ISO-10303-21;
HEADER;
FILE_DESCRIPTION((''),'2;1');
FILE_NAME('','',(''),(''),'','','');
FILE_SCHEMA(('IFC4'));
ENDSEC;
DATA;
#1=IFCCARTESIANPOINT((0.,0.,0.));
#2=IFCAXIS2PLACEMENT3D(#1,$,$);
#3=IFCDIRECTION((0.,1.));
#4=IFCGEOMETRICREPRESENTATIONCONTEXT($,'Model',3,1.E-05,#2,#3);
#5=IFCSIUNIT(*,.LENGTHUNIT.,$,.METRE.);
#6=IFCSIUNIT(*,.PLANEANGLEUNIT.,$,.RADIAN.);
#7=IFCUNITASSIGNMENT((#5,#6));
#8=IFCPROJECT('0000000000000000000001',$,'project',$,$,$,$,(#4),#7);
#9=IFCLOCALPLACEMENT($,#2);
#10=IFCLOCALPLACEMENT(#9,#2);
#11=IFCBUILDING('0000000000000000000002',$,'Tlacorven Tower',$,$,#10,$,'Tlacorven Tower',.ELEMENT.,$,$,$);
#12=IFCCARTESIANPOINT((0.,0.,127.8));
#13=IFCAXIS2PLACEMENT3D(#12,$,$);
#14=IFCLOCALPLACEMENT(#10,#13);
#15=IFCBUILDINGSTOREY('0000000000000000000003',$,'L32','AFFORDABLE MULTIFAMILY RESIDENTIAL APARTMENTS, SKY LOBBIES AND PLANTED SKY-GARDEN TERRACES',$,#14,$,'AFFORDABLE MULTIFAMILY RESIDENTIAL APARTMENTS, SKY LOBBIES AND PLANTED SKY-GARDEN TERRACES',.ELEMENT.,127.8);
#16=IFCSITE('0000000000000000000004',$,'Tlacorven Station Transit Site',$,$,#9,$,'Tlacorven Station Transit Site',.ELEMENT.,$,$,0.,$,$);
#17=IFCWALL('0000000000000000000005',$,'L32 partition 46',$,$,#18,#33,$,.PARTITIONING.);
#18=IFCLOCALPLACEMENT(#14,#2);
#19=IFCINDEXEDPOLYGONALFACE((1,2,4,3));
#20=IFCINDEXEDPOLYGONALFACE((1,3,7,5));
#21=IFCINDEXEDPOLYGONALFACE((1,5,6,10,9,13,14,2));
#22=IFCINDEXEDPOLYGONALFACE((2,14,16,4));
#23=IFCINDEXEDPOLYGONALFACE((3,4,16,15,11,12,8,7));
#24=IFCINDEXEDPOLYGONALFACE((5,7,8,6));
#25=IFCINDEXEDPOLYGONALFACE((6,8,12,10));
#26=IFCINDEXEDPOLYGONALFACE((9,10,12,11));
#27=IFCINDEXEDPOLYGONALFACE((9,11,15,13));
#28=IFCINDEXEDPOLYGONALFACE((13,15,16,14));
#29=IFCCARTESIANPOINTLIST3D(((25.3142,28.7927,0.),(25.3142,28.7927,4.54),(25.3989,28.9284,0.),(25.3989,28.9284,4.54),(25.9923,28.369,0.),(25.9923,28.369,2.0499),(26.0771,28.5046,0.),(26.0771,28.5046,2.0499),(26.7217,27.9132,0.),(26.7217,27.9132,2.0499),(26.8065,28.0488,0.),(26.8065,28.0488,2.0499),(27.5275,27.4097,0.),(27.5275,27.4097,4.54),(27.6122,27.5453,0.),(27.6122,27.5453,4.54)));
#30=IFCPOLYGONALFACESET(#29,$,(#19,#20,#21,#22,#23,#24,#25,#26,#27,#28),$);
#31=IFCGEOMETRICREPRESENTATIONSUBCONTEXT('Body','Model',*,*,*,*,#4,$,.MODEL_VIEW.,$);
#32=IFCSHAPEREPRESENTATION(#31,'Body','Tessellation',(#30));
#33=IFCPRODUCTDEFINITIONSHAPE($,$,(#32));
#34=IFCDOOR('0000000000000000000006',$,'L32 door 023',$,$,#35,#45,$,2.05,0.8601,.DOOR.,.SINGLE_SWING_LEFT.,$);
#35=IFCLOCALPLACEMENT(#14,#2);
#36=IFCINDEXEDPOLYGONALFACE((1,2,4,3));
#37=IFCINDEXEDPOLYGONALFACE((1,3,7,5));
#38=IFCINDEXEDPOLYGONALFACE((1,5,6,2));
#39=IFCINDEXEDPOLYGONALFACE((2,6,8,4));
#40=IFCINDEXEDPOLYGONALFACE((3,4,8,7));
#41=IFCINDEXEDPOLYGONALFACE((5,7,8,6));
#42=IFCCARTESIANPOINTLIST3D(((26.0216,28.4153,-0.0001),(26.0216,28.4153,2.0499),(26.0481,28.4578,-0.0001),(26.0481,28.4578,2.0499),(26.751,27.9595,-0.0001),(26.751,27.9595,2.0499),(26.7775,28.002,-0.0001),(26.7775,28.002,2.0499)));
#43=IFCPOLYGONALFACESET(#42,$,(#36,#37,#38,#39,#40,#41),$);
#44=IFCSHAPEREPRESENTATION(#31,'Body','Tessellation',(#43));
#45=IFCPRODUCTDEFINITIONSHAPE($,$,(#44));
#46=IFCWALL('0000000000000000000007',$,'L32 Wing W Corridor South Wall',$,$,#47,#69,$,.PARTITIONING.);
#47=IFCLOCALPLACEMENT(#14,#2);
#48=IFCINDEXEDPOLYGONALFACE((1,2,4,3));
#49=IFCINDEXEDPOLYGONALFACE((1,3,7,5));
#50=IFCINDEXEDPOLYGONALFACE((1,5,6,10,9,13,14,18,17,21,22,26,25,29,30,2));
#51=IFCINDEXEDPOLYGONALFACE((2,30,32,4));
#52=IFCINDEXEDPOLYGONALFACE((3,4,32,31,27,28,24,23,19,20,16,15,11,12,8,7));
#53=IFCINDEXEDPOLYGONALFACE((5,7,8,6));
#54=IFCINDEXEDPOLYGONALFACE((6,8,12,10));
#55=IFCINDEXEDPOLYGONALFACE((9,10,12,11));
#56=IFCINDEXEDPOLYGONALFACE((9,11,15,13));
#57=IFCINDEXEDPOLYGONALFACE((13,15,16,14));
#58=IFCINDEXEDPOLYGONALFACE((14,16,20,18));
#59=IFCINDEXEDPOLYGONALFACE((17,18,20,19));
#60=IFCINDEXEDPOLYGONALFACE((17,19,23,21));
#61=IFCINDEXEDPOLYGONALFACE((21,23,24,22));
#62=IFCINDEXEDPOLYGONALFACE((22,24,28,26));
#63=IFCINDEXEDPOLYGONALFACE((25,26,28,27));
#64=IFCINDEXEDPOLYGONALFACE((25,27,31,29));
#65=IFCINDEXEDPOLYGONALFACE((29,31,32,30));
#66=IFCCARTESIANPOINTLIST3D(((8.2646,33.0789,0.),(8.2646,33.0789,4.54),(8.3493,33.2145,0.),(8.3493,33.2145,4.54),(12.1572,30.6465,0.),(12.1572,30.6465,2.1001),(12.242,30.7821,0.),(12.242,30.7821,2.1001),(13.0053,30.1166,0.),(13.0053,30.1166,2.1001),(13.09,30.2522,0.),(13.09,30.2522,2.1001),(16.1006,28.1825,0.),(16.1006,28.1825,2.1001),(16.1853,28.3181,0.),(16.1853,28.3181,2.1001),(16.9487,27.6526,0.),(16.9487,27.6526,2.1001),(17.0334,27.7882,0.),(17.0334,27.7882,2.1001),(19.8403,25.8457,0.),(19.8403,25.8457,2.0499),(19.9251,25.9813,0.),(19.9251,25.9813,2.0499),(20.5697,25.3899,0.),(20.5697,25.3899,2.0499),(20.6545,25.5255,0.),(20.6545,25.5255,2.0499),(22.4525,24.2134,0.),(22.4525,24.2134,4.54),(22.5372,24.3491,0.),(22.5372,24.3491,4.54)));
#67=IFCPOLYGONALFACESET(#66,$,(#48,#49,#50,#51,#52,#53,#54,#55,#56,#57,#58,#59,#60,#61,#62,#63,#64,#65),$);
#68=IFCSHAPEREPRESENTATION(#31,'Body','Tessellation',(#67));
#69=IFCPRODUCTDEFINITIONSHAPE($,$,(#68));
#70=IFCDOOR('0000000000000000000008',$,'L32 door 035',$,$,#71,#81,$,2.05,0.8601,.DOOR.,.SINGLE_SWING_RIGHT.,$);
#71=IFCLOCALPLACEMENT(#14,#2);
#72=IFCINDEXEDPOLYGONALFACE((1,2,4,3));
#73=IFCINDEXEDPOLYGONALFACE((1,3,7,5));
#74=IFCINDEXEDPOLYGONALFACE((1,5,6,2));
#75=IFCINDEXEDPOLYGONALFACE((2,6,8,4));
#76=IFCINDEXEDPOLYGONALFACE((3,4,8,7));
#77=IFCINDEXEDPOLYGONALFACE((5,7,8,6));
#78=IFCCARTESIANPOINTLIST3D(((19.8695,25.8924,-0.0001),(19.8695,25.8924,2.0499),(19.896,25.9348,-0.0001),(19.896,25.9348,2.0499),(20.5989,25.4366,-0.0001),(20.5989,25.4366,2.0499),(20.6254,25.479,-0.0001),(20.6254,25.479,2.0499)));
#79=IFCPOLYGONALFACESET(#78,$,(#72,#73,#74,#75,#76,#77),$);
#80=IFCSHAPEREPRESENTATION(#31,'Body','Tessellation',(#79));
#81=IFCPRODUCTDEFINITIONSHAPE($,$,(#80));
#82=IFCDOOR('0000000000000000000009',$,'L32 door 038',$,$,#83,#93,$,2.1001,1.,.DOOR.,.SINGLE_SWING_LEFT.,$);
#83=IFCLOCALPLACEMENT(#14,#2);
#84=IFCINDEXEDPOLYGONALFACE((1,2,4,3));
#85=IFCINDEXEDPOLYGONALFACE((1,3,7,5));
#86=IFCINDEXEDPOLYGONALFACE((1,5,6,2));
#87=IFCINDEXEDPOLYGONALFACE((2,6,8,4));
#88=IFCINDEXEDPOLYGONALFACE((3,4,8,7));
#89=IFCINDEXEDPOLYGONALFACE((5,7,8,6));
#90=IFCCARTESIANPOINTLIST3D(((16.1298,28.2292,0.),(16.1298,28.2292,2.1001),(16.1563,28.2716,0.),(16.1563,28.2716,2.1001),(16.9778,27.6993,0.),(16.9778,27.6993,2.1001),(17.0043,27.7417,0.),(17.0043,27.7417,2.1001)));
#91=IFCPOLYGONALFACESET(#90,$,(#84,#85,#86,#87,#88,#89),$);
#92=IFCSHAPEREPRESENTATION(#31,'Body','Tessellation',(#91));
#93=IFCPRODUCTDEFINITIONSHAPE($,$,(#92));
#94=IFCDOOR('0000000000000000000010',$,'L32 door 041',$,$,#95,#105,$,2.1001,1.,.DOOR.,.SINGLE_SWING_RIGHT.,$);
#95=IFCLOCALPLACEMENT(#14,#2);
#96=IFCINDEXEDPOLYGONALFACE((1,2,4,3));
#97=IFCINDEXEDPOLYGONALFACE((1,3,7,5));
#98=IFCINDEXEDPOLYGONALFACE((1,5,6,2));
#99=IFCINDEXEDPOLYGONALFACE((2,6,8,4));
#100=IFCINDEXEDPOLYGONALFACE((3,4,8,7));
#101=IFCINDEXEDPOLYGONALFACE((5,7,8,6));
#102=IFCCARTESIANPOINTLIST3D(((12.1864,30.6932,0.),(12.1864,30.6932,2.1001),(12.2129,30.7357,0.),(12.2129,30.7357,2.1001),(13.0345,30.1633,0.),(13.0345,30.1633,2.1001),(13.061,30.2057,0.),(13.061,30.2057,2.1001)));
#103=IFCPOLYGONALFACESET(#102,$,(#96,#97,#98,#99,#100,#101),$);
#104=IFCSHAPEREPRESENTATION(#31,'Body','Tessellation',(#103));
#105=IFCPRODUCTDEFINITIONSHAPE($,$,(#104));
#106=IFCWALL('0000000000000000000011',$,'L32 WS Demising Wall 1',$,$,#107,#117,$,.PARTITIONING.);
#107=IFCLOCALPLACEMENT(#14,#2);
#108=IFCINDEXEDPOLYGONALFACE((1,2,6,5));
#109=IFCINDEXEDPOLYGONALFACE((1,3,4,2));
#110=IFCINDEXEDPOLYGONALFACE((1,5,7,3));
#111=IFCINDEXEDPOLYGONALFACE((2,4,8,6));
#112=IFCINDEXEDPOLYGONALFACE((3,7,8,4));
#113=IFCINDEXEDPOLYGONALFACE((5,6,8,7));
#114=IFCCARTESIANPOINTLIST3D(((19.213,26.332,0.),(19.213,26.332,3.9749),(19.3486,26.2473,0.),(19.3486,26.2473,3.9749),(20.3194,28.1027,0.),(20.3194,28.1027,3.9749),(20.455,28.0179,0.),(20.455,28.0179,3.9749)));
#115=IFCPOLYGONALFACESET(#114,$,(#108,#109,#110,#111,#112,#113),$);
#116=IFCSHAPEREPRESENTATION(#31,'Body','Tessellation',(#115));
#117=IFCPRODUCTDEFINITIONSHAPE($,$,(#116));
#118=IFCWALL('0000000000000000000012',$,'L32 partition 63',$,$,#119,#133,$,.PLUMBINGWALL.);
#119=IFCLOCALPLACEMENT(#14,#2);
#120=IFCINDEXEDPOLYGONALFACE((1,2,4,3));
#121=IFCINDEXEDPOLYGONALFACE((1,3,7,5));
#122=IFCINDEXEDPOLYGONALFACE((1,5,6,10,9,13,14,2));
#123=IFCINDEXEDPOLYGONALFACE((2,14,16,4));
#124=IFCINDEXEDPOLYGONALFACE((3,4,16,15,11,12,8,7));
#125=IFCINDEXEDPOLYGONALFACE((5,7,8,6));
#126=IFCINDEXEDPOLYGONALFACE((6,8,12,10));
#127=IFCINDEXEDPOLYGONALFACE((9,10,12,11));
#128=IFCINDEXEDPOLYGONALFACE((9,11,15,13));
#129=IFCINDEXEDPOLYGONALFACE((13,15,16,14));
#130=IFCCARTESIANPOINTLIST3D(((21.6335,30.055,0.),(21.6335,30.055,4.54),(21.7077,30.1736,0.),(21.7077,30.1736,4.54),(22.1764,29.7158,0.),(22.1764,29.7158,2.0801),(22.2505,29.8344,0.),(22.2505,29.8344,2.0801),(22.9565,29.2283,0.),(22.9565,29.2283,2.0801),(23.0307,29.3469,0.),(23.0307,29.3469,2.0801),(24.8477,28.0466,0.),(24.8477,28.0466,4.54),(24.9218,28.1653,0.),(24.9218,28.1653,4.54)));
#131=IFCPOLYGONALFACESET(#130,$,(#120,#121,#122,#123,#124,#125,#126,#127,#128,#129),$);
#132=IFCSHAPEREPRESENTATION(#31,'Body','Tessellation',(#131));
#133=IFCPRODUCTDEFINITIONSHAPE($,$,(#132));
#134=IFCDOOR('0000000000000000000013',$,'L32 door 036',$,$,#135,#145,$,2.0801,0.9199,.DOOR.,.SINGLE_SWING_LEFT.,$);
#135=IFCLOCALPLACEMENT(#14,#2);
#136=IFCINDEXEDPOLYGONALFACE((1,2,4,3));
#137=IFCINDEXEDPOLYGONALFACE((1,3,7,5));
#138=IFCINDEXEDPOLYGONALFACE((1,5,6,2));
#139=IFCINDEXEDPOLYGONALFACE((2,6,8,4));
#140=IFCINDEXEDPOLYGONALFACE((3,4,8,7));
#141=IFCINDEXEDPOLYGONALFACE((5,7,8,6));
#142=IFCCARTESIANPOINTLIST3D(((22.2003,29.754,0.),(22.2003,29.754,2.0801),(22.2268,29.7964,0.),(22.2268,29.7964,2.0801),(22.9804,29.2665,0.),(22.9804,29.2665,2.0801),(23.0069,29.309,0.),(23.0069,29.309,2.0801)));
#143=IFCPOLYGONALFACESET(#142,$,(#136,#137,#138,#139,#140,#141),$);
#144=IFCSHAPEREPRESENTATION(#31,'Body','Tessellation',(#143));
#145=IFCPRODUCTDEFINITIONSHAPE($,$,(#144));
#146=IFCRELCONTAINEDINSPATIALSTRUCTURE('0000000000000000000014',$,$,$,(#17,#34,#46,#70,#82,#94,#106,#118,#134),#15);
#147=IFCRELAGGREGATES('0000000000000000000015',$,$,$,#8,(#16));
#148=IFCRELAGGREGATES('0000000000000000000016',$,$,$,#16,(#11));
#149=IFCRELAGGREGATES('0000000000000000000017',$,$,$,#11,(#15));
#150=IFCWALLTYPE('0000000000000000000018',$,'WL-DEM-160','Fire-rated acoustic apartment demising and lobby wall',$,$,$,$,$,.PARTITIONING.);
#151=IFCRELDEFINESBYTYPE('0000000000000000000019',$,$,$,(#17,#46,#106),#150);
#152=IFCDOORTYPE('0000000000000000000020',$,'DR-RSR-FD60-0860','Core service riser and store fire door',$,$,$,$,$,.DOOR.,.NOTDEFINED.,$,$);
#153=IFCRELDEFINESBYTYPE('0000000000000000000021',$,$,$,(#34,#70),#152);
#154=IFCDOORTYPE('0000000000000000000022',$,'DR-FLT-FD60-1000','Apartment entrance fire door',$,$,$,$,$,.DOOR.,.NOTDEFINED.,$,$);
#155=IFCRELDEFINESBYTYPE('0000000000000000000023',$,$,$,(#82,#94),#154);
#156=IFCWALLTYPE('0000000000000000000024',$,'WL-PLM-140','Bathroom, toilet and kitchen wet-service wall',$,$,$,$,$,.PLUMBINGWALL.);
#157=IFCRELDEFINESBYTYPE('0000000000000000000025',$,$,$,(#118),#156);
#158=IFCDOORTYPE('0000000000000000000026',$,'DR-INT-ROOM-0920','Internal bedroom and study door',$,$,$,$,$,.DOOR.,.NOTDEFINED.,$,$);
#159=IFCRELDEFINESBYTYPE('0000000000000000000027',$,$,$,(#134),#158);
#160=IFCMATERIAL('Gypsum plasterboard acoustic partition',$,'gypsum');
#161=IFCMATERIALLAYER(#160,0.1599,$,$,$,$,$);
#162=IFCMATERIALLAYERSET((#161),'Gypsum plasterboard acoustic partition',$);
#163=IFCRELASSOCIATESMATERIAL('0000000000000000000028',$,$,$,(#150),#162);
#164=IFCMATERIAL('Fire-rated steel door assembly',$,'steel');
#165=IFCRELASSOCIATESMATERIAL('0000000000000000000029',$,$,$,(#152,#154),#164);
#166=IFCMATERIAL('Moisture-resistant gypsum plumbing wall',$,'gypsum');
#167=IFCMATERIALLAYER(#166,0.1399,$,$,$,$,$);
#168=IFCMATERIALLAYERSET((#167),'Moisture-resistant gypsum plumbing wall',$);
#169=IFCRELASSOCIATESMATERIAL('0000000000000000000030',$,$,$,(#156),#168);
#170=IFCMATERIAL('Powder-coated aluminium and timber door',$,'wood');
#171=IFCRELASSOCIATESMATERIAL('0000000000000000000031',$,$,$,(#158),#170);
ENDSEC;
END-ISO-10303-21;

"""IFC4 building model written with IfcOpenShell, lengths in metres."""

from ifc_helpers import new_model, si_unit, direction, frame, frame_2d, origin, place, context, subcontext, project, spatial, rectangle, extrude, source, transform, mapped, material, layer, layer_set, type_object, element, fill, save


model = new_model("IFC4")

# Units and contexts
model_context = context("Model", 3, precision=1e-05, world=origin(), true_north=direction((0.0, 1.0)))
body_context = subcontext(model_context, "Body", "Model", "MODEL_VIEW")
ifc_project = project(units=[si_unit("LENGTHUNIT", "METRE"), si_unit("PLANEANGLEUNIT", "RADIAN")], contexts=[model_context])

# Site, building, storey
site_placement = place(None, origin())
site = spatial("IfcSite", under=ifc_project, at=site_placement, Name="Tlacorven Station Transit Site", LongName="Tlacorven Station Transit Site", CompositionType="ELEMENT", RefElevation=0.0)
building_placement = place(site_placement, origin())
building = spatial("IfcBuilding", under=site, at=building_placement, Name="Tlacorven Tower", LongName="Tlacorven Tower", CompositionType="ELEMENT")
storey_placement = place(building_placement, frame((0.0, 0.0, 127.8)))
storey = spatial("IfcBuildingStorey", under=building, at=storey_placement, Name="L32", Description="AFFORDABLE MULTIFAMILY RESIDENTIAL APARTMENTS, SKY LOBBIES AND PLANTED SKY-GARDEN TERRACES", LongName="AFFORDABLE MULTIFAMILY RESIDENTIAL APARTMENTS, SKY LOBBIES AND PLANTED SKY-GARDEN TERRACES", CompositionType="ELEMENT", Elevation=127.8)

# Wall, opening, door
ifc_material_1 = material(Name="Gypsum plasterboard acoustic partition", Category="gypsum")
ifc_layer_1 = layer(ifc_material_1, 0.1599)
ifc_layer_set_1 = layer_set([ifc_layer_1], Name="Gypsum plasterboard acoustic partition")
wall_type_1 = type_object("IfcWallType", Name="WL-DEM-160", Description="Fire-rated acoustic apartment demising and lobby wall", PredefinedType="PARTITIONING", material=ifc_layer_set_1)
wall_1_placement = place(storey_placement, frame((27.5698, 27.4775, 0.0), z_axis=(0.0, 0.0, 1.0), x_axis=(-0.848051, 0.529915, 0.0)))
wall_1 = element("IfcWall", 1, at=wall_1_placement, inside=storey, type_object=wall_type_1, Name="L32 partition 46", PredefinedType="PARTITIONING", context=body_context, shape_type="SweptSolid", body=[
    extrude(rectangle(XDim=2.6099, YDim=0.1599, at=frame_2d((1.3049, 0.0))), origin(), (0.0, 0.0, 1.0), 4.54),
])
opening_1_placement = place(wall_1_placement, frame((0.95, 0.0, 0.0)))
opening_1 = element("IfcOpeningElement", 2, at=opening_1_placement, cuts=wall_1, PredefinedType="OPENING", context=body_context, shape_type="SweptSolid", body=[
    extrude(rectangle(XDim=0.8601, YDim=2.05, at=frame_2d((0.4302, 1.0249))), frame((0.0, 0.0898, 0.0), z_axis=(0.0, -1.0, 0.0), x_axis=(1.0, 0.0, 0.0)), (0.0, 0.0, 1.0), 0.1799),
])
ifc_material_2 = material(Name="Fire-rated steel door assembly", Category="steel")
door_type_1 = type_object("IfcDoorType", Name="DR-RSR-FD60-0860", Description="Core service riser and store fire door", OperationType="NOTDEFINED", PredefinedType="DOOR", material=ifc_material_2)
shared_shape_1 = source(origin(), body_context, "Body", "SweptSolid", [
    extrude(rectangle(XDim=0.8601, YDim=2.05, at=frame_2d((0.4302, 1.0249))), frame((0.0, 0.0249, 0.0), z_axis=(0.0, -1.0, 0.0), x_axis=(1.0, 0.0, 0.0)), (0.0, 0.0, 1.0), 0.05),
])
door_1_placement = place(opening_1_placement, frame((0.8601, 0.0, 0.0), z_axis=(0.0, 0.0, 1.0), x_axis=(-1.0, 0.0, 0.0)))
door_1 = element("IfcDoor", 3, at=door_1_placement, inside=storey, type_object=door_type_1, Name="L32 door 023", OperationType="SINGLE_SWING_LEFT", OverallHeight=2.05, OverallWidth=0.8601, PredefinedType="DOOR", context=body_context, shape_type="MappedRepresentation", body=[
    mapped(shared_shape_1, transform((0.0, 0.0, 0.0), scale=1.0)),
])
fill(opening_1, door_1)

# Wall, openings, doors
wall_2_placement = place(storey_placement, frame((22.4949, 24.2812, 0.0), z_axis=(0.0, 0.0, 1.0), x_axis=(-0.848052, 0.529912, 0.0)))
wall_2 = element("IfcWall", 4, at=wall_2_placement, inside=storey, type_object=wall_type_1, Name="L32 Wing W Corridor South Wall", PredefinedType="PARTITIONING", context=body_context, shape_type="SweptSolid", body=[
    extrude(rectangle(XDim=16.73, YDim=0.1599, at=frame_2d((8.365, 0.0))), origin(), (0.0, 0.0, 1.0), 4.54),
])
opening_2_placement = place(wall_2_placement, frame((2.22, 0.0, 0.0)))
opening_2 = element("IfcOpeningElement", 5, at=opening_2_placement, cuts=wall_2, PredefinedType="OPENING", context=body_context, shape_type="SweptSolid", body=[
    extrude(rectangle(XDim=0.8601, YDim=2.05, at=frame_2d((0.4302, 1.0249))), frame((0.0, 0.0898, 0.0), z_axis=(0.0, -1.0, 0.0), x_axis=(1.0, 0.0, 0.0)), (0.0, 0.0, 1.0), 0.1799),
])
opening_3_placement = place(wall_2_placement, frame((6.49, 0.0, 0.0)))
opening_3 = element("IfcOpeningElement", 6, at=opening_3_placement, cuts=wall_2, PredefinedType="OPENING", context=body_context, shape_type="SweptSolid", body=[
    extrude(rectangle(XDim=1.0, YDim=2.1001, at=frame_2d((0.5, 1.05))), frame((0.0, 0.0898, 0.0), z_axis=(0.0, -1.0, 0.0), x_axis=(1.0, 0.0, 0.0)), (0.0, 0.0, 1.0), 0.1799),
])
opening_4_placement = place(wall_2_placement, frame((11.1399, 0.0, 0.0)))
opening_4 = element("IfcOpeningElement", 7, at=opening_4_placement, cuts=wall_2, PredefinedType="OPENING", context=body_context, shape_type="SweptSolid", body=[
    extrude(rectangle(XDim=1.0, YDim=2.1001, at=frame_2d((0.5, 1.05))), frame((0.0, 0.0898, 0.0), z_axis=(0.0, -1.0, 0.0), x_axis=(1.0, 0.0, 0.0)), (0.0, 0.0, 1.0), 0.1799),
])
door_2_placement = place(opening_2_placement, origin())
door_2 = element("IfcDoor", 8, at=door_2_placement, inside=storey, type_object=door_type_1, Name="L32 door 035", OperationType="SINGLE_SWING_RIGHT", OverallHeight=2.05, OverallWidth=0.8601, PredefinedType="DOOR", context=body_context, shape_type="MappedRepresentation", body=[
    mapped(shared_shape_1, transform((0.0, 0.0, 0.0), scale=1.0)),
])
fill(opening_2, door_2)
door_type_2 = type_object("IfcDoorType", Name="DR-FLT-FD60-1000", Description="Apartment entrance fire door", OperationType="NOTDEFINED", PredefinedType="DOOR", material=ifc_material_2)
shared_shape_2 = source(origin(), body_context, "Body", "SweptSolid", [
    extrude(rectangle(XDim=1.0, YDim=2.1001, at=frame_2d((0.5, 1.05))), frame((0.0, 0.0249, 0.0), z_axis=(0.0, -1.0, 0.0), x_axis=(1.0, 0.0, 0.0)), (0.0, 0.0, 1.0), 0.05),
])
door_3_placement = place(opening_3_placement, origin())
door_3 = element("IfcDoor", 9, at=door_3_placement, inside=storey, type_object=door_type_2, Name="L32 door 038", OperationType="SINGLE_SWING_LEFT", OverallHeight=2.1001, OverallWidth=1.0, PredefinedType="DOOR", context=body_context, shape_type="MappedRepresentation", body=[
    mapped(shared_shape_2, transform((0.0, 0.0, 0.0), scale=1.0)),
])
fill(opening_3, door_3)
door_4_placement = place(opening_4_placement, origin())
door_4 = element("IfcDoor", 10, at=door_4_placement, inside=storey, type_object=door_type_2, Name="L32 door 041", OperationType="SINGLE_SWING_RIGHT", OverallHeight=2.1001, OverallWidth=1.0, PredefinedType="DOOR", context=body_context, shape_type="MappedRepresentation", body=[
    mapped(shared_shape_2, transform((0.0, 0.0, 0.0), scale=1.0)),
])
fill(opening_4, door_4)

# Wall
wall_3_placement = place(storey_placement, frame((20.3872, 28.0603, 0.0), z_axis=(0.0, 0.0, 1.0), x_axis=(-0.529904, -0.848057, 0.0)))
element("IfcWall", 11, at=wall_3_placement, inside=storey, type_object=wall_type_1, Name="L32 WS Demising Wall 1", PredefinedType="PARTITIONING", context=body_context, shape_type="SweptSolid", body=[
    extrude(rectangle(XDim=2.0879, YDim=0.1599, at=frame_2d((1.0439, 0.0))), origin(), (0.0, 0.0, 1.0), 3.9749),
])

# Wall, opening, door
ifc_material_3 = material(Name="Moisture-resistant gypsum plumbing wall", Category="gypsum")
ifc_layer_2 = layer(ifc_material_3, 0.1399)
ifc_layer_set_2 = layer_set([ifc_layer_2], Name="Moisture-resistant gypsum plumbing wall")
wall_type_2 = type_object("IfcWallType", Name="WL-PLM-140", Description="Bathroom, toilet and kitchen wet-service wall", PredefinedType="PLUMBINGWALL", material=ifc_layer_set_2)
wall_4_placement = place(storey_placement, frame((24.8848, 28.106, 0.0), z_axis=(0.0, 0.0, 1.0), x_axis=(-0.84806, 0.529901, 0.0)))
wall_4 = element("IfcWall", 12, at=wall_4_placement, inside=storey, type_object=wall_type_2, Name="L32 partition 63", PredefinedType="PLUMBINGWALL", context=body_context, shape_type="SweptSolid", body=[
    extrude(rectangle(XDim=3.79, YDim=0.1399, at=frame_2d((1.895, 0.0))), origin(), (0.0, 0.0, 1.0), 4.54),
])
opening_5_placement = place(wall_4_placement, frame((2.23, 0.0, 0.0)))
opening_5 = element("IfcOpeningElement", 13, at=opening_5_placement, cuts=wall_4, PredefinedType="OPENING", context=body_context, shape_type="SweptSolid", body=[
    extrude(rectangle(XDim=0.9199, YDim=2.0801, at=frame_2d((0.46, 1.04))), frame((0.0, 0.0801, 0.0), z_axis=(0.0, -1.0, 0.0), x_axis=(1.0, 0.0, 0.0)), (0.0, 0.0, 1.0), 0.1599),
])
ifc_material_4 = material(Name="Powder-coated aluminium and timber door", Category="wood")
door_type_3 = type_object("IfcDoorType", Name="DR-INT-ROOM-0920", Description="Internal bedroom and study door", OperationType="NOTDEFINED", PredefinedType="DOOR", material=ifc_material_4)
shared_shape_3 = source(origin(), body_context, "Body", "SweptSolid", [
    extrude(rectangle(XDim=0.9199, YDim=2.0801, at=frame_2d((0.46, 1.04))), frame((0.0, 0.0249, 0.0), z_axis=(0.0, -1.0, 0.0), x_axis=(1.0, 0.0, 0.0)), (0.0, 0.0, 1.0), 0.05),
])
door_5_placement = place(opening_5_placement, origin())
door_5 = element("IfcDoor", 14, at=door_5_placement, inside=storey, type_object=door_type_3, Name="L32 door 036", OperationType="SINGLE_SWING_LEFT", OverallHeight=2.0801, OverallWidth=0.9199, PredefinedType="DOOR", context=body_context, shape_type="MappedRepresentation", body=[
    mapped(shared_shape_3, transform((0.0, 0.0, 0.0), scale=1.0)),
])
fill(opening_5, door_5)

save(model, "model.ifc")
